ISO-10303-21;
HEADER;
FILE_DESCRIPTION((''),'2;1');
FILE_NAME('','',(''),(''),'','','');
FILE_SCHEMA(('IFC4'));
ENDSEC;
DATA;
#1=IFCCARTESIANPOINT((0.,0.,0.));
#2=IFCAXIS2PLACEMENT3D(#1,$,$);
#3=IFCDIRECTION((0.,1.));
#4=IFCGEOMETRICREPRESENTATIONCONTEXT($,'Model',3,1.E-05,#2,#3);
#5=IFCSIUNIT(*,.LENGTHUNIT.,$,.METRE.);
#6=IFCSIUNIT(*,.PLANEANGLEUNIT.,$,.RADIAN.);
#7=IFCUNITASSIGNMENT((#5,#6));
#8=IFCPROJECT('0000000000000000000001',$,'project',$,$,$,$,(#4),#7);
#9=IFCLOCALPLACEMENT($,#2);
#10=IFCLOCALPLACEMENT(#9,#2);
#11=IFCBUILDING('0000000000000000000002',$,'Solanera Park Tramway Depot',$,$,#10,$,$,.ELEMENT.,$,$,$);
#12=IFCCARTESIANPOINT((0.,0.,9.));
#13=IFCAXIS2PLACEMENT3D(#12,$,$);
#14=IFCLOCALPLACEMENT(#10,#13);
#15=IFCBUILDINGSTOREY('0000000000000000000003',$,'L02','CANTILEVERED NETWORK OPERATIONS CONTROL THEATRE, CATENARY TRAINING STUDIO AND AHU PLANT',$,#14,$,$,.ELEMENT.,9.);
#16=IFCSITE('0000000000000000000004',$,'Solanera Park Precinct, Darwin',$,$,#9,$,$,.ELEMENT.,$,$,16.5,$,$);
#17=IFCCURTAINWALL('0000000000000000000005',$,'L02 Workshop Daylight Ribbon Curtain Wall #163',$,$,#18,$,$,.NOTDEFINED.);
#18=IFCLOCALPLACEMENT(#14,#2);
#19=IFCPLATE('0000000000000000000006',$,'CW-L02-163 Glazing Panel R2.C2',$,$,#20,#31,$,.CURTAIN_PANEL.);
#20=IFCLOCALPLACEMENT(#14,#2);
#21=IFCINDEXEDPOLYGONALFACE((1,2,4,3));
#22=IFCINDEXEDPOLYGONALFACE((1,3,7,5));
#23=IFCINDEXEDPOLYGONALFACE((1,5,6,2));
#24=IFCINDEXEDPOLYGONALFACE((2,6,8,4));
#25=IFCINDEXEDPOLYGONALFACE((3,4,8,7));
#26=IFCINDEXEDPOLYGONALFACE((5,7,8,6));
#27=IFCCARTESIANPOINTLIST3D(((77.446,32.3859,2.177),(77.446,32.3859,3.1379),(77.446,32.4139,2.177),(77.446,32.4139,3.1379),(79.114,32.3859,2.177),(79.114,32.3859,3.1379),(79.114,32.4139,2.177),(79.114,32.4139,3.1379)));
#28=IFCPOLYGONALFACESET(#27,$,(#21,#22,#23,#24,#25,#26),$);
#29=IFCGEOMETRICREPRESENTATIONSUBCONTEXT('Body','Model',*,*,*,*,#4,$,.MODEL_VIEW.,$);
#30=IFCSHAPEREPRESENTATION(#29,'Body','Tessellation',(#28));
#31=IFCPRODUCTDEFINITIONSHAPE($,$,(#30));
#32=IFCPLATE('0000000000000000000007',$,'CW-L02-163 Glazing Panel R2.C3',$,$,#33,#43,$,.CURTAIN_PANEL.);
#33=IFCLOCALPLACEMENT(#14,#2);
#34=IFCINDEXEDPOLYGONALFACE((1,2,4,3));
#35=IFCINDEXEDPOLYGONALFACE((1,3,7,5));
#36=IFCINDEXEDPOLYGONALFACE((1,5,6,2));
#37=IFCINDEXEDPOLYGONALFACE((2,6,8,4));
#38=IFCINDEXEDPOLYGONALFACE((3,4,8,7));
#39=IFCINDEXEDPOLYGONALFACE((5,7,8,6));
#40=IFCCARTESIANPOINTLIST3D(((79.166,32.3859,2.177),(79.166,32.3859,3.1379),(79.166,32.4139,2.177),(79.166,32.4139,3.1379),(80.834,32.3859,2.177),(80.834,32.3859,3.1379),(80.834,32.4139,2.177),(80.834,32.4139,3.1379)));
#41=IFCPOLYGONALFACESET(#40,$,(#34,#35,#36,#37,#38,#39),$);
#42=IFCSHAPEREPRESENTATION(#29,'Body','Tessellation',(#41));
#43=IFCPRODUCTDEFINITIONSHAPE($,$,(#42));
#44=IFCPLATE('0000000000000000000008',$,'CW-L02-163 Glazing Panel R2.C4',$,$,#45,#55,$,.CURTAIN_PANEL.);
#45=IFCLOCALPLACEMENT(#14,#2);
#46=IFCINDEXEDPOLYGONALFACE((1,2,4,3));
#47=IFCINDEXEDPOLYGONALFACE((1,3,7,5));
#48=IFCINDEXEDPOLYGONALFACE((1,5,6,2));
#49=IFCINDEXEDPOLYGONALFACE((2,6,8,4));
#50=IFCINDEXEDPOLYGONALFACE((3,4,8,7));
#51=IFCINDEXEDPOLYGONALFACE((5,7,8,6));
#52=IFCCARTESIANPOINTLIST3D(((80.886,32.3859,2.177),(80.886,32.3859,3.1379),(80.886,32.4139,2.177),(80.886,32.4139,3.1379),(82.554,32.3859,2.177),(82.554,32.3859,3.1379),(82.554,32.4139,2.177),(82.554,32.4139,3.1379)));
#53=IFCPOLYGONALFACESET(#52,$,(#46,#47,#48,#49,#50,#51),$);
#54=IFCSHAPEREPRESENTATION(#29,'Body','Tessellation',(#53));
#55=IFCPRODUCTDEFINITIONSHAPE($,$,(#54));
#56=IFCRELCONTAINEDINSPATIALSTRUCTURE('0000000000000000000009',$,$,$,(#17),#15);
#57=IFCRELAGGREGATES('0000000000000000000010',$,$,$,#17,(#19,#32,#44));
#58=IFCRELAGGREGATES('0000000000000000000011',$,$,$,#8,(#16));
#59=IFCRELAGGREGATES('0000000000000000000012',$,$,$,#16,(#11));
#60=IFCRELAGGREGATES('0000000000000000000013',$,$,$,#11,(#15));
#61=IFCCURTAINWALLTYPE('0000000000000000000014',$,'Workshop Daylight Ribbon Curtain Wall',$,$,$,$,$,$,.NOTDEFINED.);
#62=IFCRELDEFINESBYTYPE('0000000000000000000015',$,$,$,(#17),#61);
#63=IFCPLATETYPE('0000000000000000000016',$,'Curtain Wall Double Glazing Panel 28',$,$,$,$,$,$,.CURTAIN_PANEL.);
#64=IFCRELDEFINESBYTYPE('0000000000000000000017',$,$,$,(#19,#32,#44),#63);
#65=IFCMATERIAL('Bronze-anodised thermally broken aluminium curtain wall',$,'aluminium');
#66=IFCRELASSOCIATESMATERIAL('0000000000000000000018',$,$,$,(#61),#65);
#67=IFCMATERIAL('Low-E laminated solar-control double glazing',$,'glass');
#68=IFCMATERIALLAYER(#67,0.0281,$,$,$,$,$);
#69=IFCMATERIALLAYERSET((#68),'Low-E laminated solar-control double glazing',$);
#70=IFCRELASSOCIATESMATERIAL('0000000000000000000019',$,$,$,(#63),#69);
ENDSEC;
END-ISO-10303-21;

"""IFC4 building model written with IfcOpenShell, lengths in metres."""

from ifc_helpers import new_model, si_unit, direction, frame, origin, origin_2d, place, context, subcontext, project, spatial, rectangle, extrude, material, layer, layer_set, type_object, element, aggregate, save


model = new_model("IFC4")

# Units and contexts
model_context = context("Model", 3, precision=1e-05, world=origin(), true_north=direction((0.0, 1.0)))
body_context = subcontext(model_context, "Body", "Model", "MODEL_VIEW")
ifc_project = project(units=[si_unit("LENGTHUNIT", "METRE"), si_unit("PLANEANGLEUNIT", "RADIAN")], contexts=[model_context])

# Site, building, storey
site_placement = place(None, origin())
site = spatial("IfcSite", under=ifc_project, at=site_placement, Name="Solanera Park Precinct, Darwin", CompositionType="ELEMENT", RefElevation=16.5)
building_placement = place(site_placement, origin())
building = spatial("IfcBuilding", under=site, at=building_placement, Name="Solanera Park Tramway Depot", CompositionType="ELEMENT")
storey_placement = place(building_placement, frame((0.0, 0.0, 9.0)))
storey = spatial("IfcBuildingStorey", under=building, at=storey_placement, Name="L02", Description="CANTILEVERED NETWORK OPERATIONS CONTROL THEATRE, CATENARY TRAINING STUDIO AND AHU PLANT", CompositionType="ELEMENT", Elevation=9.0)

# Shared definitions
ifc_material_1 = material(Name="Bronze-anodised thermally broken aluminium curtain wall", Category="aluminium")
curtain_wall_type = type_object("IfcCurtainWallType", Name="Workshop Daylight Ribbon Curtain Wall", PredefinedType="NOTDEFINED", material=ifc_material_1)

# Curtain wall
curtain_wall_1_placement = place(storey_placement, origin())
curtain_wall_1 = element("IfcCurtainWall", 1, at=curtain_wall_1_placement, inside=storey, type_object=curtain_wall_type, Name="L02 Workshop Daylight Ribbon Curtain Wall #163", PredefinedType="NOTDEFINED")

# Plates
ifc_material_2 = material(Name="Low-E laminated solar-control double glazing", Category="glass")
ifc_layer = layer(ifc_material_2, 0.0281)
ifc_layer_set = layer_set([ifc_layer], Name="Low-E laminated solar-control double glazing")
plate_type = type_object("IfcPlateType", Name="Curtain Wall Double Glazing Panel 28", PredefinedType="CURTAIN_PANEL", material=ifc_layer_set)
plate_1_placement = place(storey_placement, frame((78.28, 32.3999, 2.177), z_axis=(0.0, 0.0, 1.0), x_axis=(1.0, 0.0, 0.0)))
plate_1 = element("IfcPlate", 2, at=plate_1_placement, type_object=plate_type, Name="CW-L02-163 Glazing Panel R2.C2", PredefinedType="CURTAIN_PANEL", context=body_context, shape_type="SweptSolid", body=[
    extrude(rectangle(XDim=1.668, YDim=0.0281, at=origin_2d()), origin(), (0.0, 0.0, 1.0), 0.9609),
])
plate_2_placement = place(storey_placement, frame((80.0, 32.3999, 2.177), z_axis=(0.0, 0.0, 1.0), x_axis=(1.0, 0.0, 0.0)))
plate_2 = element("IfcPlate", 3, at=plate_2_placement, type_object=plate_type, Name="CW-L02-163 Glazing Panel R2.C3", PredefinedType="CURTAIN_PANEL", context=body_context, shape_type="SweptSolid", body=[
    extrude(rectangle(XDim=1.668, YDim=0.0281, at=origin_2d()), origin(), (0.0, 0.0, 1.0), 0.9609),
])
plate_3_placement = place(storey_placement, frame((81.72, 32.3999, 2.177), z_axis=(0.0, 0.0, 1.0), x_axis=(1.0, 0.0, 0.0)))
plate_3 = element("IfcPlate", 4, at=plate_3_placement, type_object=plate_type, Name="CW-L02-163 Glazing Panel R2.C4", PredefinedType="CURTAIN_PANEL", context=body_context, shape_type="SweptSolid", body=[
    extrude(rectangle(XDim=1.668, YDim=0.0281, at=origin_2d()), origin(), (0.0, 0.0, 1.0), 0.9609),
])
aggregate(curtain_wall_1, [plate_1, plate_2, plate_3])

save(model, "model.ifc")
